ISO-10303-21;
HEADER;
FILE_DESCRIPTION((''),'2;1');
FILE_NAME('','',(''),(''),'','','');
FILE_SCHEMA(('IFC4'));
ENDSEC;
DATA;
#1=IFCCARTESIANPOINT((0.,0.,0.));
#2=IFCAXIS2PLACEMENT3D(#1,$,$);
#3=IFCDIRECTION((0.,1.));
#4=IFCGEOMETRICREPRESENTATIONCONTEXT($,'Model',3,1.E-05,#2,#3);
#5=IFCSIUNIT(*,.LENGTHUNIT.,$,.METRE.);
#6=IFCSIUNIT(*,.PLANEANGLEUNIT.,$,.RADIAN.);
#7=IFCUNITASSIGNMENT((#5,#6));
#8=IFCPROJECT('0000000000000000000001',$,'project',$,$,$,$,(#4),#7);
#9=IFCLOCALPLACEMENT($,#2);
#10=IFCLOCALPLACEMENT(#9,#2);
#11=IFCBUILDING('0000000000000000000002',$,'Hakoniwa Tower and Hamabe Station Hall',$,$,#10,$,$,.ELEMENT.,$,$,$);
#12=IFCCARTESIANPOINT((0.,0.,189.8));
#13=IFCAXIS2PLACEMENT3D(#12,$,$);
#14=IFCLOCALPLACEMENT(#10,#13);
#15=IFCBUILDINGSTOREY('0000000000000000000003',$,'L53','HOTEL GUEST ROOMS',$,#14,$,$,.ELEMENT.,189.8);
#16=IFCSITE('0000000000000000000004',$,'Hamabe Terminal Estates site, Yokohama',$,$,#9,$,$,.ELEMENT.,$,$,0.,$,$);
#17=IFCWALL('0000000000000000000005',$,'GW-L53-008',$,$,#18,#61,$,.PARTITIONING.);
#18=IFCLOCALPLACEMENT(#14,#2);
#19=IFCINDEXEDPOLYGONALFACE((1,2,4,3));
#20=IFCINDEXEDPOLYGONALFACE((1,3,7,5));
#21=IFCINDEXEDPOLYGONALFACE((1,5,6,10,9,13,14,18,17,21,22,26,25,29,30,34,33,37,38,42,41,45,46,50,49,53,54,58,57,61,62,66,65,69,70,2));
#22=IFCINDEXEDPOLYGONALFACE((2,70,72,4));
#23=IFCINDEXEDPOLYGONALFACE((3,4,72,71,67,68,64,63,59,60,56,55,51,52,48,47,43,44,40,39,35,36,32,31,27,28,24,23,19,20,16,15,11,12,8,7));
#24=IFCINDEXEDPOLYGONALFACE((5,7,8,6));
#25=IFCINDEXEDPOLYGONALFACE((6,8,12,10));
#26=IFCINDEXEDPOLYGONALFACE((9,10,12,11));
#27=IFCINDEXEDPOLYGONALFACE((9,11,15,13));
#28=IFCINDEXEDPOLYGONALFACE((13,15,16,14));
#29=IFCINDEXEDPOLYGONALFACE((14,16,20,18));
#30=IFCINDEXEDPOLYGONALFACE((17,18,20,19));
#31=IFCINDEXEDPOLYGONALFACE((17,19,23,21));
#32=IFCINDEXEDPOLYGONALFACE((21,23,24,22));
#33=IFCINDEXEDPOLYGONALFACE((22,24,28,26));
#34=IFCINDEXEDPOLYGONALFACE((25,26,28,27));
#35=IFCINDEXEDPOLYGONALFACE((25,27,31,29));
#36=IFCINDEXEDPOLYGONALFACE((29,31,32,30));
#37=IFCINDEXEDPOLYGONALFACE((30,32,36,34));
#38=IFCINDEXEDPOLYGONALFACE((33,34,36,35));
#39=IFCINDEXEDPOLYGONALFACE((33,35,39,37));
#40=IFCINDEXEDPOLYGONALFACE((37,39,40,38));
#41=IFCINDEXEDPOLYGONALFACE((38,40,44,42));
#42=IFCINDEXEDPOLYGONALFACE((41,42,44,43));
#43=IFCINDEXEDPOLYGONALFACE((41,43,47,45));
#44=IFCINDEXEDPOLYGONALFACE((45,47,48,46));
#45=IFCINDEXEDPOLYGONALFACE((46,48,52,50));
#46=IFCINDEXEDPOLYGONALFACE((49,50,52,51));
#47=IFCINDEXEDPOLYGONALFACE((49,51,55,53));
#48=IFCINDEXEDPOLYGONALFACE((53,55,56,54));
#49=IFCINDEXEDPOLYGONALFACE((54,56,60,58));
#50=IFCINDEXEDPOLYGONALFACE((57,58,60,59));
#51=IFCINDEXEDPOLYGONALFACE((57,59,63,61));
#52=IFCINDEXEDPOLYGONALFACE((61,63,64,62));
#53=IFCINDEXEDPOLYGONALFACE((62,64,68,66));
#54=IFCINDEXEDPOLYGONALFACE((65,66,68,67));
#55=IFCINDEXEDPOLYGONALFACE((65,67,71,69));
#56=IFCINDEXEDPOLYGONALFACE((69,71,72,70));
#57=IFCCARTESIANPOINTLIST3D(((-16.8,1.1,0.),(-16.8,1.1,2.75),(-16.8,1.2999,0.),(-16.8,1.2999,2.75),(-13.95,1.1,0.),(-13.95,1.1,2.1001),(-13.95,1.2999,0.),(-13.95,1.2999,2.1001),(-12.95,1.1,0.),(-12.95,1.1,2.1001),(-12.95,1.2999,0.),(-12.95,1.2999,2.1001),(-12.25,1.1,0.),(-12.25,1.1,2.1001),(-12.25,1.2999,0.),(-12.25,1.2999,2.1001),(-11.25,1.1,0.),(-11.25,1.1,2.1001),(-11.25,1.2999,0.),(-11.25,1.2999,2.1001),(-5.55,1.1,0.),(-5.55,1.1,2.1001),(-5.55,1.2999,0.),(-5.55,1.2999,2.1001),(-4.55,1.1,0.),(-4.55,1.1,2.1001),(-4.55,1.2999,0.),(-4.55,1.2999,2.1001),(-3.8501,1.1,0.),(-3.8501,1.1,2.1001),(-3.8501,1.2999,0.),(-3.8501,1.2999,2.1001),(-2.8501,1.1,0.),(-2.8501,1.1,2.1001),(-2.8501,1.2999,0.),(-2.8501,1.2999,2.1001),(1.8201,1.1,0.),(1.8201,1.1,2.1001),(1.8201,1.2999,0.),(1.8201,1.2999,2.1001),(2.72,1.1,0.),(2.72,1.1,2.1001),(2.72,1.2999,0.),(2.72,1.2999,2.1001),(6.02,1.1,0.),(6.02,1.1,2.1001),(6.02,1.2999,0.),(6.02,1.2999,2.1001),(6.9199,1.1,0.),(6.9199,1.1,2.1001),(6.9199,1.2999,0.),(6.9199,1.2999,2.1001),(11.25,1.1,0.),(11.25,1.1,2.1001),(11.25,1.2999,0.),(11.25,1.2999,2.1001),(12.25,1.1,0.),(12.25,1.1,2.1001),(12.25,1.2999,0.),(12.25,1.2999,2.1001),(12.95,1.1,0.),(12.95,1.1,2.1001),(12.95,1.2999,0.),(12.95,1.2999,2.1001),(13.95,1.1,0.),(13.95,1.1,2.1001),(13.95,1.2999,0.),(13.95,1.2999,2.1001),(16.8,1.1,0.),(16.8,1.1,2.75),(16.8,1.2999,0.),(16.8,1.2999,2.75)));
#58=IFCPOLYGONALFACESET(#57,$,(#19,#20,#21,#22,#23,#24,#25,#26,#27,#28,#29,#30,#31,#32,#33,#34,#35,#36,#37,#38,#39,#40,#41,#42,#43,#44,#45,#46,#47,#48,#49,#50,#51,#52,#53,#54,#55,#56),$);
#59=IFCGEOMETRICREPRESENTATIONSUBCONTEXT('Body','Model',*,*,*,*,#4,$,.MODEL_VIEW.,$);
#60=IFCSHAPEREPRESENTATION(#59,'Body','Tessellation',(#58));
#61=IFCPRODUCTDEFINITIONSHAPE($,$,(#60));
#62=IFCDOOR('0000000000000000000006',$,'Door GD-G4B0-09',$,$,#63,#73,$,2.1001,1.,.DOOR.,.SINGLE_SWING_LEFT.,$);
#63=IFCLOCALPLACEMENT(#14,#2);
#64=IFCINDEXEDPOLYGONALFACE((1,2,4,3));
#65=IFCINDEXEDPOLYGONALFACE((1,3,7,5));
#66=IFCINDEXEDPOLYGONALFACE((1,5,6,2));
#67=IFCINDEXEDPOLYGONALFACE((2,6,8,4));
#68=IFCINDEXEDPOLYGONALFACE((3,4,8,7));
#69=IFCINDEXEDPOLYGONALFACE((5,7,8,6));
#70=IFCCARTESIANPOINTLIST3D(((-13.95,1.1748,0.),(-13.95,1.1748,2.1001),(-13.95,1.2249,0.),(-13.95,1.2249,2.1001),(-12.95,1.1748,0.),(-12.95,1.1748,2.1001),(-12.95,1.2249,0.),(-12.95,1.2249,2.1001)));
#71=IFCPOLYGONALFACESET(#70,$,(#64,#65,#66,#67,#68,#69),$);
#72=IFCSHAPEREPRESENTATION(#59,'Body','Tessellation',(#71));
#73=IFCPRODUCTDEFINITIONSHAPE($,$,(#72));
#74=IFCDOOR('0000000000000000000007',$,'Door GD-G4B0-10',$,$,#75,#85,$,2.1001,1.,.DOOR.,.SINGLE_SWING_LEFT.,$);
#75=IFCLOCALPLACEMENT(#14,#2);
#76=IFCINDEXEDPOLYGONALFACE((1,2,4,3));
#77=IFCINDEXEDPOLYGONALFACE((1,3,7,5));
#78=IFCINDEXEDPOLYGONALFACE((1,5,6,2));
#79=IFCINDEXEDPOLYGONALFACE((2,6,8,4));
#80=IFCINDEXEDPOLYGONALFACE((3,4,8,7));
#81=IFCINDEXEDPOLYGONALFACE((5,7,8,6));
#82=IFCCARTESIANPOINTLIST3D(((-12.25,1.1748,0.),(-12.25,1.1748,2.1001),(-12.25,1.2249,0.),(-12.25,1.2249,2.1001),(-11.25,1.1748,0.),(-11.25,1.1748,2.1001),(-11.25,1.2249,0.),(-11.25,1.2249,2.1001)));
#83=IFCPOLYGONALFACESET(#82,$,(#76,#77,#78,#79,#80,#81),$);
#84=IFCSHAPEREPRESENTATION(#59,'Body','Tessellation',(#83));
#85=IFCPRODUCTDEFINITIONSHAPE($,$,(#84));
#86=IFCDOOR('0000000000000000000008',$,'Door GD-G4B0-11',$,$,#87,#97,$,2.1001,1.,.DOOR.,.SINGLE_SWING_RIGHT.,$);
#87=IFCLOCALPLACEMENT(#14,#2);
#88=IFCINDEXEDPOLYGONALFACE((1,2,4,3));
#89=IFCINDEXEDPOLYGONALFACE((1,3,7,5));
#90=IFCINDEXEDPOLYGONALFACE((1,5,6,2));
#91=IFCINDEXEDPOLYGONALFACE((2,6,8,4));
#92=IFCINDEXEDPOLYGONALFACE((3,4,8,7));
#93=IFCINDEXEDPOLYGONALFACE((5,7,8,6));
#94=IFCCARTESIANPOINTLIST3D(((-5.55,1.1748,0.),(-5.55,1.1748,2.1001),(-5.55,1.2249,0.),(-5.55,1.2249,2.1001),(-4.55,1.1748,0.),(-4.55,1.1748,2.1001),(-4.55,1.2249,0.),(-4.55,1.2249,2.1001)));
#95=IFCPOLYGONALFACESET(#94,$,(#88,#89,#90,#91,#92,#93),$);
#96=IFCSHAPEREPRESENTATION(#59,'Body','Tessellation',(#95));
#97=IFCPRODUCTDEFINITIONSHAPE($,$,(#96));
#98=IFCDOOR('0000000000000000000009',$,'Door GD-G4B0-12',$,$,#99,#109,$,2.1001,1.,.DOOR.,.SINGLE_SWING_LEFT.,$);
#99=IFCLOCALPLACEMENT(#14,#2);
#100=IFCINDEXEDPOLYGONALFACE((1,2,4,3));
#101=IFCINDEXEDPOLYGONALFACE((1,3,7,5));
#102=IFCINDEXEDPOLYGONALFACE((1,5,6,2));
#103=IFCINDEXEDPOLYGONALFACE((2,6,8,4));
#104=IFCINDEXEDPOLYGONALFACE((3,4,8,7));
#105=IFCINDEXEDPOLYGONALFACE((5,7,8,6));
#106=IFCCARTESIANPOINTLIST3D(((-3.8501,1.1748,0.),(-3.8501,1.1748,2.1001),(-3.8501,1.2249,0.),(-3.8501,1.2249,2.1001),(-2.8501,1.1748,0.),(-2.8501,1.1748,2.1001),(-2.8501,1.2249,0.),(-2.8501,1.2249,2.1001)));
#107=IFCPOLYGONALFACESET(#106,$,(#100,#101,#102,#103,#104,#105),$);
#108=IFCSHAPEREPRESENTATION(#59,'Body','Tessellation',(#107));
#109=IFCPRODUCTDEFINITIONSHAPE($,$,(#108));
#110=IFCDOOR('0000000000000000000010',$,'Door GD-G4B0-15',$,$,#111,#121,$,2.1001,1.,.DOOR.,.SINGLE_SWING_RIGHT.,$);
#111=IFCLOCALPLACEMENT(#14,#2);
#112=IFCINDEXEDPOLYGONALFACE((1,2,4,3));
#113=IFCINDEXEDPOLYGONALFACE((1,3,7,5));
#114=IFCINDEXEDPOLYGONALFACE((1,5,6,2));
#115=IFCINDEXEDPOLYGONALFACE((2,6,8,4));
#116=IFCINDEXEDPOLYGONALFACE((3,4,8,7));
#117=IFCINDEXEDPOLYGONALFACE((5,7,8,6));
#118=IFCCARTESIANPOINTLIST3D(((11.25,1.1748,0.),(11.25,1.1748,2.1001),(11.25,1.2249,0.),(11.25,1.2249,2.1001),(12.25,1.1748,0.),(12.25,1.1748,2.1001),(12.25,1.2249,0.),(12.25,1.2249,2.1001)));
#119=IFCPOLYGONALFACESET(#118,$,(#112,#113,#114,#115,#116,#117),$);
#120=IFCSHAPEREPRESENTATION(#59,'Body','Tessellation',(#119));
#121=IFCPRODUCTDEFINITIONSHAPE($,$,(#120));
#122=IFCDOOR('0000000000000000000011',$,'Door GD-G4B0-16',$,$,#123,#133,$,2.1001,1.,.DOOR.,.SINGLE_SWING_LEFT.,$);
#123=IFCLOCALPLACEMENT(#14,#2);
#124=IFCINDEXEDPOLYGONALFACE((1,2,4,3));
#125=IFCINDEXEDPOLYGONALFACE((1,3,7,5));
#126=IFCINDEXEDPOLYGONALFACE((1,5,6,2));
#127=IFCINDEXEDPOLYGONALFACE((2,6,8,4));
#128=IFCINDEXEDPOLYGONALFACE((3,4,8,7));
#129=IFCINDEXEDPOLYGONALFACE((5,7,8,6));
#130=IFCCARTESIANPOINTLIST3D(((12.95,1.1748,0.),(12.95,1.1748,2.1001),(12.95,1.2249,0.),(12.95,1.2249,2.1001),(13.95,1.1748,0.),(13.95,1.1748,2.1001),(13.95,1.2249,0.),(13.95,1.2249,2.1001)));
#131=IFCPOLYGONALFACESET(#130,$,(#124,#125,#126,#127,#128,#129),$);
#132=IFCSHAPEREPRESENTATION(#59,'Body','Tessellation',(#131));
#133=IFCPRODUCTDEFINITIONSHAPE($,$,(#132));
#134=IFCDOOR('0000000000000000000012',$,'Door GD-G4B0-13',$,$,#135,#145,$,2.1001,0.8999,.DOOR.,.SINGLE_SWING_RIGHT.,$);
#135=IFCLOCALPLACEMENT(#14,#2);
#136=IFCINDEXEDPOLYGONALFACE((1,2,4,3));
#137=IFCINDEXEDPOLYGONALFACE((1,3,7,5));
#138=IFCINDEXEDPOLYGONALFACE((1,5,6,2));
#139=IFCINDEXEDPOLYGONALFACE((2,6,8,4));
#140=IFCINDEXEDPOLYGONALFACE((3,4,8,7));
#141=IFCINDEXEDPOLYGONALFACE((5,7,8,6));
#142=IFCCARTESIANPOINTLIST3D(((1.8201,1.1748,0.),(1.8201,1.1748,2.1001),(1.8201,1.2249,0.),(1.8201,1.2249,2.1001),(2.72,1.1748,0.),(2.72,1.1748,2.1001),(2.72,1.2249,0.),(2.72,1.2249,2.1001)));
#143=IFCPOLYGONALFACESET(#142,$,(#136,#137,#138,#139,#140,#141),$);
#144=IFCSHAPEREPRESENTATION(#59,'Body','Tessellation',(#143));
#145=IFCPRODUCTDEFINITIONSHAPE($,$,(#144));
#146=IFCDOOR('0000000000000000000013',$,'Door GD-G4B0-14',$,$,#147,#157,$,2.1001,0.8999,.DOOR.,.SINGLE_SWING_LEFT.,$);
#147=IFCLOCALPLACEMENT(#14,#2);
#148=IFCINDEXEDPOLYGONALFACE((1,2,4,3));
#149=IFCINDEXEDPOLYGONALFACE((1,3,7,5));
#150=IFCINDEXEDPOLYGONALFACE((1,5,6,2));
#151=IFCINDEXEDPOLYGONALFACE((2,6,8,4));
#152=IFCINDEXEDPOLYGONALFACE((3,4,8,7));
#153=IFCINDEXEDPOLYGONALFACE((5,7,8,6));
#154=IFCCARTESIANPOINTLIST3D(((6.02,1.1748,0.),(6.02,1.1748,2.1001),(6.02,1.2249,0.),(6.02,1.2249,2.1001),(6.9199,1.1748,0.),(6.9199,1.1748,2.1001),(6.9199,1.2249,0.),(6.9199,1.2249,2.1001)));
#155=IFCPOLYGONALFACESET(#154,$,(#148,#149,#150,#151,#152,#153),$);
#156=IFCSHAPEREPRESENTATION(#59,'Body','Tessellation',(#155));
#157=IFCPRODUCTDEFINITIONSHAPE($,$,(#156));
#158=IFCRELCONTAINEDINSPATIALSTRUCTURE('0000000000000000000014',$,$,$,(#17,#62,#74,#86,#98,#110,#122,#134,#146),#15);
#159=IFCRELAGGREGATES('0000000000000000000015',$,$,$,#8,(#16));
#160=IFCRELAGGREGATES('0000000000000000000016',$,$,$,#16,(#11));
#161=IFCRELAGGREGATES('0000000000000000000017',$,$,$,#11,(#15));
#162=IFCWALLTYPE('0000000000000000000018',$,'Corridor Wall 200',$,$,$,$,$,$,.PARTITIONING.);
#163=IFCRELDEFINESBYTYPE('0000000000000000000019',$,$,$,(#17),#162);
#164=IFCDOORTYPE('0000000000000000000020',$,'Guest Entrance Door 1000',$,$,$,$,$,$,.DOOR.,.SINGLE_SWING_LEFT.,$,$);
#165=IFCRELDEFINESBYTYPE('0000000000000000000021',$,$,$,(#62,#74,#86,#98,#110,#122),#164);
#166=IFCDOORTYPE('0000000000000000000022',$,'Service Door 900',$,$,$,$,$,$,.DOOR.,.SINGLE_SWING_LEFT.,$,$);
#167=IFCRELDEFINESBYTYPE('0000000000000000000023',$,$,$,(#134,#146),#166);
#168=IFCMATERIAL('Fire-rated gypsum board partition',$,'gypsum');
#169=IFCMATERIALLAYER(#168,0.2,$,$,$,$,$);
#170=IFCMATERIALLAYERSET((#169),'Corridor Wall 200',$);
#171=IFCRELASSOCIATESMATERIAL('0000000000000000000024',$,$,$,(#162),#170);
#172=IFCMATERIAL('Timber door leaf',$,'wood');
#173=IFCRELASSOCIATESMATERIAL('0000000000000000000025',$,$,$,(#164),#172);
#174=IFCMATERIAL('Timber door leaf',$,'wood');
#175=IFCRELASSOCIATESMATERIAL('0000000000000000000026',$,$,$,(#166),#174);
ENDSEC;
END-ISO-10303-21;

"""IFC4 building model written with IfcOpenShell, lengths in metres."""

from ifc_helpers import new_model, si_unit, direction, frame, frame_2d, origin, place, context, subcontext, project, spatial, rectangle, extrude, material, layer, layer_set, type_object, element, fill, save


model = new_model("IFC4")

# Units and contexts
model_context = context("Model", 3, precision=1e-05, world=origin(), true_north=direction((0.0, 1.0)))
body_context = subcontext(model_context, "Body", "Model", "MODEL_VIEW")
ifc_project = project(units=[si_unit("LENGTHUNIT", "METRE"), si_unit("PLANEANGLEUNIT", "RADIAN")], contexts=[model_context])

# Site, building, storey
site_placement = place(None, origin())
site = spatial("IfcSite", under=ifc_project, at=site_placement, Name="Hamabe Terminal Estates site, Yokohama", CompositionType="ELEMENT", RefElevation=0.0)
building_placement = place(site_placement, origin())
building = spatial("IfcBuilding", under=site, at=building_placement, Name="Hakoniwa Tower and Hamabe Station Hall", CompositionType="ELEMENT")
storey_placement = place(building_placement, frame((0.0, 0.0, 189.8)))
storey = spatial("IfcBuildingStorey", under=building, at=storey_placement, Name="L53", Description="HOTEL GUEST ROOMS", CompositionType="ELEMENT", Elevation=189.8)

# Wall, openings, doors
ifc_material_1 = material(Name="Fire-rated gypsum board partition", Category="gypsum")
ifc_layer_1 = layer(ifc_material_1, 0.2)
ifc_layer_set_1 = layer_set([ifc_layer_1], Name="Corridor Wall 200")
wall_type_1 = type_object("IfcWallType", Name="Corridor Wall 200", PredefinedType="PARTITIONING", material=ifc_layer_set_1)
wall_1_placement = place(storey_placement, frame((-16.8, 1.2, 0.0), z_axis=(0.0, 0.0, 1.0), x_axis=(1.0, 0.0, 0.0)))
wall_1 = element("IfcWall", 1, at=wall_1_placement, inside=storey, type_object=wall_type_1, Name="GW-L53-008", PredefinedType="PARTITIONING", context=body_context, shape_type="SweptSolid", body=[
    extrude(rectangle(XDim=33.6001, YDim=0.2, at=frame_2d((16.8, 0.0))), origin(), (0.0, 0.0, 1.0), 2.75),
])
opening_1_placement = place(wall_1_placement, frame((2.8501, 0.0, 0.0)))
opening_1 = element("IfcOpeningElement", 2, at=opening_1_placement, cuts=wall_1, PredefinedType="OPENING", context=body_context, shape_type="SweptSolid", body=[
    extrude(rectangle(XDim=1.0, YDim=2.1001, at=frame_2d((0.5, 1.05))), frame((0.0, 0.1099, 0.0), z_axis=(0.0, -1.0, 0.0), x_axis=(1.0, 0.0, 0.0)), (0.0, 0.0, 1.0), 0.22),
])
opening_2_placement = place(wall_1_placement, frame((4.55, 0.0, 0.0)))
opening_2 = element("IfcOpeningElement", 3, at=opening_2_placement, cuts=wall_1, PredefinedType="OPENING", context=body_context, shape_type="SweptSolid", body=[
    extrude(rectangle(XDim=1.0, YDim=2.1001, at=frame_2d((0.5, 1.05))), frame((0.0, 0.1099, 0.0), z_axis=(0.0, -1.0, 0.0), x_axis=(1.0, 0.0, 0.0)), (0.0, 0.0, 1.0), 0.22),
])
opening_3_placement = place(wall_1_placement, frame((11.25, 0.0, 0.0)))
opening_3 = element("IfcOpeningElement", 4, at=opening_3_placement, cuts=wall_1, PredefinedType="OPENING", context=body_context, shape_type="SweptSolid", body=[
    extrude(rectangle(XDim=1.0, YDim=2.1001, at=frame_2d((0.5, 1.05))), frame((0.0, 0.1099, 0.0), z_axis=(0.0, -1.0, 0.0), x_axis=(1.0, 0.0, 0.0)), (0.0, 0.0, 1.0), 0.22),
])
opening_4_placement = place(wall_1_placement, frame((12.95, 0.0, 0.0)))
opening_4 = element("IfcOpeningElement", 5, at=opening_4_placement, cuts=wall_1, PredefinedType="OPENING", context=body_context, shape_type="SweptSolid", body=[
    extrude(rectangle(XDim=1.0, YDim=2.1001, at=frame_2d((0.5, 1.05))), frame((0.0, 0.1099, 0.0), z_axis=(0.0, -1.0, 0.0), x_axis=(1.0, 0.0, 0.0)), (0.0, 0.0, 1.0), 0.22),
])
opening_5_placement = place(wall_1_placement, frame((18.6201, 0.0, 0.0)))
opening_5 = element("IfcOpeningElement", 6, at=opening_5_placement, cuts=wall_1, PredefinedType="OPENING", context=body_context, shape_type="SweptSolid", body=[
    extrude(rectangle(XDim=0.8999, YDim=2.1001, at=frame_2d((0.45, 1.05))), frame((0.0, 0.1099, 0.0), z_axis=(0.0, -1.0, 0.0), x_axis=(1.0, 0.0, 0.0)), (0.0, 0.0, 1.0), 0.22),
])
opening_6_placement = place(wall_1_placement, frame((22.8201, 0.0, 0.0)))
opening_6 = element("IfcOpeningElement", 7, at=opening_6_placement, cuts=wall_1, PredefinedType="OPENING", context=body_context, shape_type="SweptSolid", body=[
    extrude(rectangle(XDim=0.8999, YDim=2.1001, at=frame_2d((0.45, 1.05))), frame((0.0, 0.1099, 0.0), z_axis=(0.0, -1.0, 0.0), x_axis=(1.0, 0.0, 0.0)), (0.0, 0.0, 1.0), 0.22),
])
opening_7_placement = place(wall_1_placement, frame((28.05, 0.0, 0.0)))
opening_7 = element("IfcOpeningElement", 8, at=opening_7_placement, cuts=wall_1, PredefinedType="OPENING", context=body_context, shape_type="SweptSolid", body=[
    extrude(rectangle(XDim=1.0, YDim=2.1001, at=frame_2d((0.5, 1.05))), frame((0.0, 0.1099, 0.0), z_axis=(0.0, -1.0, 0.0), x_axis=(1.0, 0.0, 0.0)), (0.0, 0.0, 1.0), 0.22),
])
opening_8_placement = place(wall_1_placement, frame((29.75, 0.0, 0.0)))
opening_8 = element("IfcOpeningElement", 9, at=opening_8_placement, cuts=wall_1, PredefinedType="OPENING", context=body_context, shape_type="SweptSolid", body=[
    extrude(rectangle(XDim=1.0, YDim=2.1001, at=frame_2d((0.5, 1.05))), frame((0.0, 0.1099, 0.0), z_axis=(0.0, -1.0, 0.0), x_axis=(1.0, 0.0, 0.0)), (0.0, 0.0, 1.0), 0.22),
])
ifc_material_2 = material(Name="Timber door leaf", Category="wood")
door_type_1 = type_object("IfcDoorType", Name="Guest Entrance Door 1000", OperationType="SINGLE_SWING_LEFT", PredefinedType="DOOR", material=ifc_material_2)
door_1_placement = place(opening_1_placement, origin())
door_1 = element("IfcDoor", 10, at=door_1_placement, inside=storey, type_object=door_type_1, Name="Door GD-G4B0-09", OperationType="SINGLE_SWING_LEFT", OverallHeight=2.1001, OverallWidth=1.0, PredefinedType="DOOR", context=body_context, shape_type="SweptSolid", body=[
    extrude(rectangle(XDim=1.0, YDim=2.1001, at=frame_2d((0.5, 1.05))), frame((0.0, 0.0249, 0.0), z_axis=(0.0, -1.0, 0.0), x_axis=(1.0, 0.0, 0.0)), (0.0, 0.0, 1.0), 0.05),
])
fill(opening_1, door_1)
door_2_placement = place(opening_2_placement, origin())
door_2 = element("IfcDoor", 11, at=door_2_placement, inside=storey, type_object=door_type_1, Name="Door GD-G4B0-10", OperationType="SINGLE_SWING_LEFT", OverallHeight=2.1001, OverallWidth=1.0, PredefinedType="DOOR", context=body_context, shape_type="SweptSolid", body=[
    extrude(rectangle(XDim=1.0, YDim=2.1001, at=frame_2d((0.5, 1.05))), frame((0.0, 0.0249, 0.0), z_axis=(0.0, -1.0, 0.0), x_axis=(1.0, 0.0, 0.0)), (0.0, 0.0, 1.0), 0.05),
])
fill(opening_2, door_2)
door_3_placement = place(opening_3_placement, origin())
door_3 = element("IfcDoor", 12, at=door_3_placement, inside=storey, type_object=door_type_1, Name="Door GD-G4B0-11", OperationType="SINGLE_SWING_RIGHT", OverallHeight=2.1001, OverallWidth=1.0, PredefinedType="DOOR", context=body_context, shape_type="SweptSolid", body=[
    extrude(rectangle(XDim=1.0, YDim=2.1001, at=frame_2d((0.5, 1.05))), frame((0.0, 0.0249, 0.0), z_axis=(0.0, -1.0, 0.0), x_axis=(1.0, 0.0, 0.0)), (0.0, 0.0, 1.0), 0.05),
])
fill(opening_3, door_3)
door_4_placement = place(opening_4_placement, origin())
door_4 = element("IfcDoor", 13, at=door_4_placement, inside=storey, type_object=door_type_1, Name="Door GD-G4B0-12", OperationType="SINGLE_SWING_LEFT", OverallHeight=2.1001, OverallWidth=1.0, PredefinedType="DOOR", context=body_context, shape_type="SweptSolid", body=[
    extrude(rectangle(XDim=1.0, YDim=2.1001, at=frame_2d((0.5, 1.05))), frame((0.0, 0.0249, 0.0), z_axis=(0.0, -1.0, 0.0), x_axis=(1.0, 0.0, 0.0)), (0.0, 0.0, 1.0), 0.05),
])
fill(opening_4, door_4)
door_5_placement = place(opening_7_placement, origin())
door_5 = element("IfcDoor", 14, at=door_5_placement, inside=storey, type_object=door_type_1, Name="Door GD-G4B0-15", OperationType="SINGLE_SWING_RIGHT", OverallHeight=2.1001, OverallWidth=1.0, PredefinedType="DOOR", context=body_context, shape_type="SweptSolid", body=[
    extrude(rectangle(XDim=1.0, YDim=2.1001, at=frame_2d((0.5, 1.05))), frame((0.0, 0.0249, 0.0), z_axis=(0.0, -1.0, 0.0), x_axis=(1.0, 0.0, 0.0)), (0.0, 0.0, 1.0), 0.05),
])
fill(opening_7, door_5)
door_6_placement = place(opening_8_placement, origin())
door_6 = element("IfcDoor", 15, at=door_6_placement, inside=storey, type_object=door_type_1, Name="Door GD-G4B0-16", OperationType="SINGLE_SWING_LEFT", OverallHeight=2.1001, OverallWidth=1.0, PredefinedType="DOOR", context=body_context, shape_type="SweptSolid", body=[
    extrude(rectangle(XDim=1.0, YDim=2.1001, at=frame_2d((0.5, 1.05))), frame((0.0, 0.0249, 0.0), z_axis=(0.0, -1.0, 0.0), x_axis=(1.0, 0.0, 0.0)), (0.0, 0.0, 1.0), 0.05),
])
fill(opening_8, door_6)
ifc_material_3 = material(Name="Timber door leaf", Category="wood")
door_type_2 = type_object("IfcDoorType", Name="Service Door 900", OperationType="SINGLE_SWING_LEFT", PredefinedType="DOOR", material=ifc_material_3)
door_7_placement = place(opening_5_placement, origin())
door_7 = element("IfcDoor", 16, at=door_7_placement, inside=storey, type_object=door_type_2, Name="Door GD-G4B0-13", OperationType="SINGLE_SWING_RIGHT", OverallHeight=2.1001, OverallWidth=0.8999, PredefinedType="DOOR", context=body_context, shape_type="SweptSolid", body=[
    extrude(rectangle(XDim=0.8999, YDim=2.1001, at=frame_2d((0.45, 1.05))), frame((0.0, 0.0249, 0.0), z_axis=(0.0, -1.0, 0.0), x_axis=(1.0, 0.0, 0.0)), (0.0, 0.0, 1.0), 0.05),
])
fill(opening_5, door_7)
door_8_placement = place(opening_6_placement, origin())
door_8 = element("IfcDoor", 17, at=door_8_placement, inside=storey, type_object=door_type_2, Name="Door GD-G4B0-14", OperationType="SINGLE_SWING_LEFT", OverallHeight=2.1001, OverallWidth=0.8999, PredefinedType="DOOR", context=body_context, shape_type="SweptSolid", body=[
    extrude(rectangle(XDim=0.8999, YDim=2.1001, at=frame_2d((0.45, 1.05))), frame((0.0, 0.0249, 0.0), z_axis=(0.0, -1.0, 0.0), x_axis=(1.0, 0.0, 0.0)), (0.0, 0.0, 1.0), 0.05),
])
fill(opening_6, door_8)

save(model, "model.ifc")
